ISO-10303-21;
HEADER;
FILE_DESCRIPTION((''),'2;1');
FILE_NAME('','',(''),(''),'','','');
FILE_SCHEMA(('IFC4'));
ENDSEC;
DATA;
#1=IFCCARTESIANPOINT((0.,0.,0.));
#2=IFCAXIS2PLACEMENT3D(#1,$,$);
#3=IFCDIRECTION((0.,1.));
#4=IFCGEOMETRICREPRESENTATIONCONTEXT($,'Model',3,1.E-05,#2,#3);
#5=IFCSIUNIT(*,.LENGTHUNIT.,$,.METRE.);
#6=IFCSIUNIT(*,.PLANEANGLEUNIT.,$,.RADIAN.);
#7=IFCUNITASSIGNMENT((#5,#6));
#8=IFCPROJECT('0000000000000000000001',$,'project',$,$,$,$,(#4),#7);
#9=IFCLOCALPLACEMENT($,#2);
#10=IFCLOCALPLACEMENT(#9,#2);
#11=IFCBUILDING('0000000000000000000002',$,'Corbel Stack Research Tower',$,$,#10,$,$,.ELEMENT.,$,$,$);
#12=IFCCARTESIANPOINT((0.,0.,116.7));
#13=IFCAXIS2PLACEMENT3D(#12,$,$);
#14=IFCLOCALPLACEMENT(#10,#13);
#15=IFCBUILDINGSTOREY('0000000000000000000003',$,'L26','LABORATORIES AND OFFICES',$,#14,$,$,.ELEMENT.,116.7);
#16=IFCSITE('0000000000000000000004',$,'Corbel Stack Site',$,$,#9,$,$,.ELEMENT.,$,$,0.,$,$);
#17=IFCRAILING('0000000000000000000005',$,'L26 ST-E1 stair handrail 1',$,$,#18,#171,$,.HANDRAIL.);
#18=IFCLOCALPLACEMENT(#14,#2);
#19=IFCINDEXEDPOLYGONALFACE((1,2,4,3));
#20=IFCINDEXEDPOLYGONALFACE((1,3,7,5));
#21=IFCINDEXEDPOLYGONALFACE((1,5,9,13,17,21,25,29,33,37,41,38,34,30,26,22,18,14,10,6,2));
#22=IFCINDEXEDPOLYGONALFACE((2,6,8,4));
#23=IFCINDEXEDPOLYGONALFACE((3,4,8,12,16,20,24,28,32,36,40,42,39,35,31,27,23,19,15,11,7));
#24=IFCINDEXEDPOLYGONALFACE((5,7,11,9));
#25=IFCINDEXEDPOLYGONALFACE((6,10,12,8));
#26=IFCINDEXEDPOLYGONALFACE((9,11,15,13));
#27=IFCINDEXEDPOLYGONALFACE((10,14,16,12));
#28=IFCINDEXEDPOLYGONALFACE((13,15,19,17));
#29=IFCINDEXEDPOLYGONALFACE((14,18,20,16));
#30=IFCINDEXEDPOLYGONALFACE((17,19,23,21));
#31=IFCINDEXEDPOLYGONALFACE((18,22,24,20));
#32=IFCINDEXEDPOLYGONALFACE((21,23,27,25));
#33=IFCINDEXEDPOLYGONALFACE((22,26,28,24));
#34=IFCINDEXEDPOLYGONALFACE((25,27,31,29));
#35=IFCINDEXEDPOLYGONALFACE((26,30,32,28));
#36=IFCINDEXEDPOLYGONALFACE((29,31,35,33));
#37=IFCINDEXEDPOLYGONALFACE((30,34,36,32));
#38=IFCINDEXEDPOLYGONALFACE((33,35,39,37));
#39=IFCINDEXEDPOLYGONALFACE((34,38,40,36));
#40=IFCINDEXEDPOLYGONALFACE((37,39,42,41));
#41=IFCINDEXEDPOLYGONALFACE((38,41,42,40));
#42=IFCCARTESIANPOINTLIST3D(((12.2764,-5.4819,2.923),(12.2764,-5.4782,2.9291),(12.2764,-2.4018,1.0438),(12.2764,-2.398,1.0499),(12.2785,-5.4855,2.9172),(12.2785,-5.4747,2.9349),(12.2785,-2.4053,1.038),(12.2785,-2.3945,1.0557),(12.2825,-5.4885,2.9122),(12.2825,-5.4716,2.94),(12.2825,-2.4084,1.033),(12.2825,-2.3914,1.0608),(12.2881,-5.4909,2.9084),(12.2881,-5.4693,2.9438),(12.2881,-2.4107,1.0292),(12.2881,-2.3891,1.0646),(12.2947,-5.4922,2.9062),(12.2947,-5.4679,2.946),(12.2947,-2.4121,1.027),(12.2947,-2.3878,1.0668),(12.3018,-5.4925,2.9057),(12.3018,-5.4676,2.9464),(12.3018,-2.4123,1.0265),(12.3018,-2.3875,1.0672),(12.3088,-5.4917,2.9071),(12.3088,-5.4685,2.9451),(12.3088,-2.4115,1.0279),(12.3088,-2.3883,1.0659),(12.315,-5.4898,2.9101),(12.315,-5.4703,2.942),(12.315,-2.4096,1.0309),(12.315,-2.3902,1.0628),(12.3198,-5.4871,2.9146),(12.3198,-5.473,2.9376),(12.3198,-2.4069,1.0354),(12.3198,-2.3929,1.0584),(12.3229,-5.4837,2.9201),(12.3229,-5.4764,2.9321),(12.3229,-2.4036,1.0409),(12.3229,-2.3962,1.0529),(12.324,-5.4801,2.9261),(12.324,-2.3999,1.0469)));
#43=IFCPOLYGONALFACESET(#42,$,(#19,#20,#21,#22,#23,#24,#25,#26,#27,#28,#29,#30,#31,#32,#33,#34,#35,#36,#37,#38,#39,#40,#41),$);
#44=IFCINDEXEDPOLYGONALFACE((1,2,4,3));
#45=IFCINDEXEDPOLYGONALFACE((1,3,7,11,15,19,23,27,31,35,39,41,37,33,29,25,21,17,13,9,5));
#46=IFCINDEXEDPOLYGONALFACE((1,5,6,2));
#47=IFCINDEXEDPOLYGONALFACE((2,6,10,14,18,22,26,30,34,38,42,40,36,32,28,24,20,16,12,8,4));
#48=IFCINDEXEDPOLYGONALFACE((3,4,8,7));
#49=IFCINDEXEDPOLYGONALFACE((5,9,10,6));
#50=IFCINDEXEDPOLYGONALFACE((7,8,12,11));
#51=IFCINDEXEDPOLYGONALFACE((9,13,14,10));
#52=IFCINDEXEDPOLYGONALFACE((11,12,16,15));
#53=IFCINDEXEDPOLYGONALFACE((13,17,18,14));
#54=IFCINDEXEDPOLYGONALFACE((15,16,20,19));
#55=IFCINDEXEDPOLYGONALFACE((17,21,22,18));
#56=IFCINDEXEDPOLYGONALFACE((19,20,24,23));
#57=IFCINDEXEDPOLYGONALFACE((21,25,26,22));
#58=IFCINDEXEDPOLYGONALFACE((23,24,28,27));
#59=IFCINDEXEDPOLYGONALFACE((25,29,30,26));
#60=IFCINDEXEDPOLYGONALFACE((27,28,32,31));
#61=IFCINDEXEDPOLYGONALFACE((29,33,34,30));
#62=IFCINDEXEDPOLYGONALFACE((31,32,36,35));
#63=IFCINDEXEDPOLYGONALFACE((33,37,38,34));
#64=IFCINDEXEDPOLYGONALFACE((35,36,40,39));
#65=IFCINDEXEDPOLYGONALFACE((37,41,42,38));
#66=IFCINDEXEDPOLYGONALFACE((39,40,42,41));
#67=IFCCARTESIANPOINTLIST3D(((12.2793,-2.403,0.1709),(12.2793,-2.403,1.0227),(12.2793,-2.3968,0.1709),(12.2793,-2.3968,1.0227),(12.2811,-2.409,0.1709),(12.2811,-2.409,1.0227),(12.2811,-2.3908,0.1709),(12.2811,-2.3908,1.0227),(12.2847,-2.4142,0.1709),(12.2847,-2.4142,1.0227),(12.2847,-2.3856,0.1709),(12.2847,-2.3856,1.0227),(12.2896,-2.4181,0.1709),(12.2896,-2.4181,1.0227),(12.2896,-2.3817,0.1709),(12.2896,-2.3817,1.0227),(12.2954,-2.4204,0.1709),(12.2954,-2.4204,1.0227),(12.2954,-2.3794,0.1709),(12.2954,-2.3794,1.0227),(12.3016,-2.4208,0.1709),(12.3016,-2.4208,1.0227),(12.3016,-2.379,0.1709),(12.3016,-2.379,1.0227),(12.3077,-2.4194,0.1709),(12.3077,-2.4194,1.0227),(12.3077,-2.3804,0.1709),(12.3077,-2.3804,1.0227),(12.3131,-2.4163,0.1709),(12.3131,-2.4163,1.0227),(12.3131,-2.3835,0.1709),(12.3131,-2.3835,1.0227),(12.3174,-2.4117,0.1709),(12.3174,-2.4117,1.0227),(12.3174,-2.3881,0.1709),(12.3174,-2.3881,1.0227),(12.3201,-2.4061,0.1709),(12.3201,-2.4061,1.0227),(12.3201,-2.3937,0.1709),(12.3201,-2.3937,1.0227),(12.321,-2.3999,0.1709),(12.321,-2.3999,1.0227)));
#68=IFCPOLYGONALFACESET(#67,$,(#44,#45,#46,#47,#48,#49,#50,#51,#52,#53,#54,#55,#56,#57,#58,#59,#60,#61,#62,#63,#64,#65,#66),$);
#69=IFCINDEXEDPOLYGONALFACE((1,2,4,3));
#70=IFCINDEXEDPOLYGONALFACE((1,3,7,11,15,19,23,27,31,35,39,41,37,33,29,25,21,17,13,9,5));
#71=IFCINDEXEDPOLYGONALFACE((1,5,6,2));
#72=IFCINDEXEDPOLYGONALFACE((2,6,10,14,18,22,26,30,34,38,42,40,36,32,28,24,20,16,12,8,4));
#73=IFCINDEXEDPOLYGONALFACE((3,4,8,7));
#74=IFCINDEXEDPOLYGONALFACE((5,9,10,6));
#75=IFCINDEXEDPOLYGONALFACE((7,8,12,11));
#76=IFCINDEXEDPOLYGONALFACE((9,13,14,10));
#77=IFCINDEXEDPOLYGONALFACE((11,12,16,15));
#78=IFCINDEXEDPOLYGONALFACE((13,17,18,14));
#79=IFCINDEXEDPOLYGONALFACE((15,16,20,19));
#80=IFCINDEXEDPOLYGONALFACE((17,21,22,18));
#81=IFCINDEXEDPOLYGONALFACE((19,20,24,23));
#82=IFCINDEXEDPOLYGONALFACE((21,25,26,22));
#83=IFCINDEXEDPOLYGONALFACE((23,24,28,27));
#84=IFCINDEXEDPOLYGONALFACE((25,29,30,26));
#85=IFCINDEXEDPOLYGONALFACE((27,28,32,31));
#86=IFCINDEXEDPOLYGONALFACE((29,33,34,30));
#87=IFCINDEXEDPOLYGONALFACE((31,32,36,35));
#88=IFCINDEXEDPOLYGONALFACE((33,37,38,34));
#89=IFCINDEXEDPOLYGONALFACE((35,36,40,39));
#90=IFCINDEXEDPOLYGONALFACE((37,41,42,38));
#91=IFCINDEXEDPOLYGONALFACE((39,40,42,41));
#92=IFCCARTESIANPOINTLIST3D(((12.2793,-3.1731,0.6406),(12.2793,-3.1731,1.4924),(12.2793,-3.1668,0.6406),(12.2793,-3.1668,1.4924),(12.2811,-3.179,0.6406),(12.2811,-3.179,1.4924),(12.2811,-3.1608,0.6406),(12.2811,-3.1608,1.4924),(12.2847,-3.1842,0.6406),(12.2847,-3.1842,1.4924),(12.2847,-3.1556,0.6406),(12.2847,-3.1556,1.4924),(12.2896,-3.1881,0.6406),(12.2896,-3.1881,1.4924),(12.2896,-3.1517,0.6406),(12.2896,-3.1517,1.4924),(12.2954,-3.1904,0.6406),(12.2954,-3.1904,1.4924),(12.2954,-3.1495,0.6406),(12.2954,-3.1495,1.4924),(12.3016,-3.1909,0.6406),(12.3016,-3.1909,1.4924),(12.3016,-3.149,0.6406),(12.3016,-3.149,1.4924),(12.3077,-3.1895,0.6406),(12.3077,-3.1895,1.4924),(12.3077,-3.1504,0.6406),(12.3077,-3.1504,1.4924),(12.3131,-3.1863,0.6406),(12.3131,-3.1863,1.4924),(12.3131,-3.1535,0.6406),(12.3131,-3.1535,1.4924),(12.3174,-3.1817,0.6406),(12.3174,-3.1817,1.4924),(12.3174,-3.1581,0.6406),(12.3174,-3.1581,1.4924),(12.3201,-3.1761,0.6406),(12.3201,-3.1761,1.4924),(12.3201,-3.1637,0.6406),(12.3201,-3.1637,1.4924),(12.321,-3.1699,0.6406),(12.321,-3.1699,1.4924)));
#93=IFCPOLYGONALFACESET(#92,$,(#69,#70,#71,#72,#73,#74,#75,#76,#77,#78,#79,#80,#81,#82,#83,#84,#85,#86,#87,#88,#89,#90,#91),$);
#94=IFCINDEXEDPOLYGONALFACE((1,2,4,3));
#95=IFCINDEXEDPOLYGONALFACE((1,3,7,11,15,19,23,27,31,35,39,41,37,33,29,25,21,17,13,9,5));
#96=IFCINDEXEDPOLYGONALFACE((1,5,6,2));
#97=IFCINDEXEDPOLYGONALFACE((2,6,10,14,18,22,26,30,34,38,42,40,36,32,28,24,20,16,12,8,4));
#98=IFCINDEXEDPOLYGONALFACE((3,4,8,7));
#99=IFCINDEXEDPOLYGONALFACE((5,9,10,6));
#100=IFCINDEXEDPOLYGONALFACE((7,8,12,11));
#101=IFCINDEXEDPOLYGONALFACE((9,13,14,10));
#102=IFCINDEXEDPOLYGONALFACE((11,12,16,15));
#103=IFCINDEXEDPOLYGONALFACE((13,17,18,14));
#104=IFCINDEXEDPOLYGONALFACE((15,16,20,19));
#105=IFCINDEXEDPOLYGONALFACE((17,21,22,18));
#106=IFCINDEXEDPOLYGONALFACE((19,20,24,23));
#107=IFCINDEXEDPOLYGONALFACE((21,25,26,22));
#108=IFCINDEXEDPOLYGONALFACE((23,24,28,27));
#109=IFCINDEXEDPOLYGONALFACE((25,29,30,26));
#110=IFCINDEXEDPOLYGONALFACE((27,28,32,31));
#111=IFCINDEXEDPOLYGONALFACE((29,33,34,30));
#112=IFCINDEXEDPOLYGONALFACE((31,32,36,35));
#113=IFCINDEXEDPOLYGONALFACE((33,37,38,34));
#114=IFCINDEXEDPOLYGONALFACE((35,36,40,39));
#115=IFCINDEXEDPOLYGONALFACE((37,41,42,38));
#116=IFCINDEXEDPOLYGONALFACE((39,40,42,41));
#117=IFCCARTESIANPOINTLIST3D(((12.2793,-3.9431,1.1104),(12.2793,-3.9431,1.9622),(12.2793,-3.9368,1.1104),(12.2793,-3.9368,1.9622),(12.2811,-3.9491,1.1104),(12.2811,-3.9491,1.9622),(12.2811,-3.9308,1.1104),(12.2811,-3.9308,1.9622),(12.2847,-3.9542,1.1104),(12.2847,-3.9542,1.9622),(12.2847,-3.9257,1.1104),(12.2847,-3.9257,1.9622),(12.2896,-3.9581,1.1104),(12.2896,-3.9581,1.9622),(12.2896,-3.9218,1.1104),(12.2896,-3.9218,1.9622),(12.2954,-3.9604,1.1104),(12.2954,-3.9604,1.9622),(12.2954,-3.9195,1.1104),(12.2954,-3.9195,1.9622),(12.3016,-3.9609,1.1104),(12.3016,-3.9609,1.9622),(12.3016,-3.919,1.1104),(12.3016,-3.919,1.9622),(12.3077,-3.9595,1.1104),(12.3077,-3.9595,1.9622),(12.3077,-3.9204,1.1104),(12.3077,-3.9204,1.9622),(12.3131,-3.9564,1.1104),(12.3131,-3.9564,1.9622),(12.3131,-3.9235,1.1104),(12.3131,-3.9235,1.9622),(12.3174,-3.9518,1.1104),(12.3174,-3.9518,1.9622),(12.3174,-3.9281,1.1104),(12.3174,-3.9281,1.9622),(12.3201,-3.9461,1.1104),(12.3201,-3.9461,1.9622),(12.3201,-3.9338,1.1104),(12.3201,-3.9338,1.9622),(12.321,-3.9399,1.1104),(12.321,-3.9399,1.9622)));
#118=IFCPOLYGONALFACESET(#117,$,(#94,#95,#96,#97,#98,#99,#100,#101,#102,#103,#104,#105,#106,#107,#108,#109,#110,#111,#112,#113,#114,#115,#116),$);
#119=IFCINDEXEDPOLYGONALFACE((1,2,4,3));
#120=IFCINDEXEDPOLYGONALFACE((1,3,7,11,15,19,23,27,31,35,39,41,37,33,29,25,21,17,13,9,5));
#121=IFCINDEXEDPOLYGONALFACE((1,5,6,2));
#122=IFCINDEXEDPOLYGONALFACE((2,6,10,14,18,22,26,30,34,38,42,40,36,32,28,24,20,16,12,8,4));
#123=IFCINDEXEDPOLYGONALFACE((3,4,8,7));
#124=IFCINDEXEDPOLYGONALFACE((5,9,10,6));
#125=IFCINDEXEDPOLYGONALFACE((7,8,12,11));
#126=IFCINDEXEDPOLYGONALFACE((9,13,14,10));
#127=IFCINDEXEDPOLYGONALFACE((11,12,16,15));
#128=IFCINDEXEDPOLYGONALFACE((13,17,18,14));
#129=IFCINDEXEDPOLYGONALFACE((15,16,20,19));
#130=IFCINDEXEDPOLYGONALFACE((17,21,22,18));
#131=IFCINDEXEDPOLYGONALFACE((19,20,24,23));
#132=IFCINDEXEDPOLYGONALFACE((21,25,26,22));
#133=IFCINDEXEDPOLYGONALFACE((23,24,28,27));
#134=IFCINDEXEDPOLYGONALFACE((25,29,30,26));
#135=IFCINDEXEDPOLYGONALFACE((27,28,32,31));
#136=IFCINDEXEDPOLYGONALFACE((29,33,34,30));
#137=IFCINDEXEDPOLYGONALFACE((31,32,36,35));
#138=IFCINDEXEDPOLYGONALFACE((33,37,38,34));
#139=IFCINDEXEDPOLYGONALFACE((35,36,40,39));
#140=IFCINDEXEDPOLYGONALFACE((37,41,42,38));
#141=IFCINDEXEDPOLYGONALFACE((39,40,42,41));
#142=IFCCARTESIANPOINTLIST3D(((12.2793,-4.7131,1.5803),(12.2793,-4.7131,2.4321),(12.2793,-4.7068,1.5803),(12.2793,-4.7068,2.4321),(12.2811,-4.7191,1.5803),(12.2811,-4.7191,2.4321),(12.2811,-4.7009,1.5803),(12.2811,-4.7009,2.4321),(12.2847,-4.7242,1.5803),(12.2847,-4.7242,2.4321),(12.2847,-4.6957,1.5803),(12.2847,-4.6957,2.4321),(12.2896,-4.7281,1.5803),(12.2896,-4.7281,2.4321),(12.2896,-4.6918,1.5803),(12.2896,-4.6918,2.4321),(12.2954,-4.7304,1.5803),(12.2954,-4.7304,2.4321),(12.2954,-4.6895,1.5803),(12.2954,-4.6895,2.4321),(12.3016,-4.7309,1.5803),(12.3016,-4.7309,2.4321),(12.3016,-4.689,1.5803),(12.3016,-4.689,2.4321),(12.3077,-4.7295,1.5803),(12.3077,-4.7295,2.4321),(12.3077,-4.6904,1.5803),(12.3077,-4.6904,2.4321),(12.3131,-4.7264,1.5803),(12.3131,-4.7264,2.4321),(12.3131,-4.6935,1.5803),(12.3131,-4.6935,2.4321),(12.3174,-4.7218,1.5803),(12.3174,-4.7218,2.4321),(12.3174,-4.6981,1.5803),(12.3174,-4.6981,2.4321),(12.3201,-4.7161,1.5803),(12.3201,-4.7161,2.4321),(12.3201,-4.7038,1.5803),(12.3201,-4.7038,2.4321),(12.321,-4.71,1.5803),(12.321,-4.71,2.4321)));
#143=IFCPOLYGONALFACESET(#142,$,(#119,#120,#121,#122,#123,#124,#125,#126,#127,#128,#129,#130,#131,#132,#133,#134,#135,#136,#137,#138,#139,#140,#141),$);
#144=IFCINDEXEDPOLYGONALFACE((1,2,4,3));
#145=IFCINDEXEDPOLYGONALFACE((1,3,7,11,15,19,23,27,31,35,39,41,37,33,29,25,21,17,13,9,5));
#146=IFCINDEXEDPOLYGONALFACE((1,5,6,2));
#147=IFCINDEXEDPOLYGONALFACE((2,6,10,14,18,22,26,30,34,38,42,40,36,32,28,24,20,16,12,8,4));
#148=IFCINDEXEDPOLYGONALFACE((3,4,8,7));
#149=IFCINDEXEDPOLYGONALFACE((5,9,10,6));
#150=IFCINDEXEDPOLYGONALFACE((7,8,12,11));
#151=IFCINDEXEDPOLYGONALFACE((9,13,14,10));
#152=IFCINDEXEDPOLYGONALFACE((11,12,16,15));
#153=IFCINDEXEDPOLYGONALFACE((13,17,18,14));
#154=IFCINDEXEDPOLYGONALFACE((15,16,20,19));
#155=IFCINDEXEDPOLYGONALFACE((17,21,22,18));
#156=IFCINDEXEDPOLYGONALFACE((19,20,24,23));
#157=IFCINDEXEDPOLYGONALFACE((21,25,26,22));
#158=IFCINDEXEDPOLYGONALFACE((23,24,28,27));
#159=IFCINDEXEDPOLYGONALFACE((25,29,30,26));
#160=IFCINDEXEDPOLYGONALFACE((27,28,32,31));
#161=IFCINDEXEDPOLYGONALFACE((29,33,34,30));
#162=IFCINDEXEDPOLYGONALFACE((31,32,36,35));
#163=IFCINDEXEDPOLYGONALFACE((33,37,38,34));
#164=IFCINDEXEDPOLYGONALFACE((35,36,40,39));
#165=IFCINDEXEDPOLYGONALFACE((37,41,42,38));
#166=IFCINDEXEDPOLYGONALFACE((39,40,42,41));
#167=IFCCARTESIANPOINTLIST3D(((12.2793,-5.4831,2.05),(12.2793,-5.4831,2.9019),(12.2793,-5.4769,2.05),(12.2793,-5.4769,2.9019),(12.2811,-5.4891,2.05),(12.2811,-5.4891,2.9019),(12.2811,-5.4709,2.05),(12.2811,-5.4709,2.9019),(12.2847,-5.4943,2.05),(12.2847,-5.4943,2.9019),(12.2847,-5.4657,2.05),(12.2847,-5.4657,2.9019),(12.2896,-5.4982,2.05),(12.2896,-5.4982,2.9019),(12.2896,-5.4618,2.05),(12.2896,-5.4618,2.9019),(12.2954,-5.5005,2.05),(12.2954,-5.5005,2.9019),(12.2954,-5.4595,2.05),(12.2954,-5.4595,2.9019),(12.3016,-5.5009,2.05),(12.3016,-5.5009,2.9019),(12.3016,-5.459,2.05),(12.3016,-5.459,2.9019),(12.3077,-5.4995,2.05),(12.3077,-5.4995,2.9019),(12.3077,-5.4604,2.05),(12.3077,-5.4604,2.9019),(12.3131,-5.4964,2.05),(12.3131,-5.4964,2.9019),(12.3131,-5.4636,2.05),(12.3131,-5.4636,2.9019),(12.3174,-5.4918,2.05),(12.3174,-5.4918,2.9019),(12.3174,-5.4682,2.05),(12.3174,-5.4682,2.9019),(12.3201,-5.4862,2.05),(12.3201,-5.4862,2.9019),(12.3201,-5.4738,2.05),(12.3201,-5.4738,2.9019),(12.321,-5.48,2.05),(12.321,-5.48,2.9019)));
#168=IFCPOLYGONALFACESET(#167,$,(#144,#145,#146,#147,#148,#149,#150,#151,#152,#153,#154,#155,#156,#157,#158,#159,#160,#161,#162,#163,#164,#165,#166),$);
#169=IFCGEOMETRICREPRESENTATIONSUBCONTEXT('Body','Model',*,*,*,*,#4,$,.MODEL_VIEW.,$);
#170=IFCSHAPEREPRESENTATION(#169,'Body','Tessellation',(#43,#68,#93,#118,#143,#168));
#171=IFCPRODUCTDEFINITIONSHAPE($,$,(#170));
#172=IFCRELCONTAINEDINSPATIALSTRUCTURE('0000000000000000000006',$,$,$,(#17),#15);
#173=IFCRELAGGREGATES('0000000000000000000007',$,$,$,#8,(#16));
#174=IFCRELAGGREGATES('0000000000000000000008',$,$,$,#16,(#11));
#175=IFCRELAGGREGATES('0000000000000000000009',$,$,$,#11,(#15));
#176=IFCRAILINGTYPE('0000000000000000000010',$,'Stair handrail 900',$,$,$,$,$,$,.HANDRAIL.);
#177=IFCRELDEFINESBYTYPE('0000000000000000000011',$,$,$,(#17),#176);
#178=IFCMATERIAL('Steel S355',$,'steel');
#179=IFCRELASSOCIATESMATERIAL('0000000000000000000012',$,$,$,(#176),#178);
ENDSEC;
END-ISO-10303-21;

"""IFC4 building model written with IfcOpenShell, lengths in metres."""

from ifc_helpers import new_model, si_unit, direction, frame, origin, origin_2d, place, context, subcontext, project, spatial, circle, extrude, material, type_object, element, save


model = new_model("IFC4")

# Units and contexts
model_context = context("Model", 3, precision=1e-05, world=origin(), true_north=direction((0.0, 1.0)))
body_context = subcontext(model_context, "Body", "Model", "MODEL_VIEW")
ifc_project = project(units=[si_unit("LENGTHUNIT", "METRE"), si_unit("PLANEANGLEUNIT", "RADIAN")], contexts=[model_context])

# Site, building, storey
site_placement = place(None, origin())
site = spatial("IfcSite", under=ifc_project, at=site_placement, Name="Corbel Stack Site", CompositionType="ELEMENT", RefElevation=0.0)
building_placement = place(site_placement, origin())
building = spatial("IfcBuilding", under=site, at=building_placement, Name="Corbel Stack Research Tower", CompositionType="ELEMENT")
storey_placement = place(building_placement, frame((0.0, 0.0, 116.7)))
storey = spatial("IfcBuildingStorey", under=building, at=storey_placement, Name="L26", Description="LABORATORIES AND OFFICES", CompositionType="ELEMENT", Elevation=116.7)

# Railing
ifc_material_1 = material(Name="Steel S355", Category="steel")
railing_type_1 = type_object("IfcRailingType", Name="Stair handrail 900", PredefinedType="HANDRAIL", material=ifc_material_1)
railing_1_placement = place(storey_placement, frame((12.3, -2.3999, 0.1709)))
element("IfcRailing", 1, at=railing_1_placement, inside=storey, type_object=railing_type_1, Name="L26 ST-E1 stair handrail 1", PredefinedType="HANDRAIL", context=body_context, shape_type="SweptSolid", body=[
    extrude(circle(Radius=0.0239, at=origin_2d()), frame((0.0, 0.0, 0.876), z_axis=(0.0, -0.853666, 0.52082), x_axis=(1.0, 0.0, 0.0)), (0.0, 0.0, 1.0), 3.6082),
    extrude(circle(Radius=0.021, at=origin_2d()), origin(), (0.0, 0.0, 1.0), 0.8518),
    extrude(circle(Radius=0.021, at=origin_2d()), frame((0.0, -0.77, 0.4697)), (0.0, 0.0, 1.0), 0.8518),
    extrude(circle(Radius=0.021, at=origin_2d()), frame((0.0, -1.54, 0.9395)), (0.0, 0.0, 1.0), 0.8518),
    extrude(circle(Radius=0.021, at=origin_2d()), frame((0.0, -2.3101, 1.4094)), (0.0, 0.0, 1.0), 0.8518),
    extrude(circle(Radius=0.021, at=origin_2d()), frame((0.0, -3.0801, 1.8792)), (0.0, 0.0, 1.0), 0.8518),
])

save(model, "model.ifc")
